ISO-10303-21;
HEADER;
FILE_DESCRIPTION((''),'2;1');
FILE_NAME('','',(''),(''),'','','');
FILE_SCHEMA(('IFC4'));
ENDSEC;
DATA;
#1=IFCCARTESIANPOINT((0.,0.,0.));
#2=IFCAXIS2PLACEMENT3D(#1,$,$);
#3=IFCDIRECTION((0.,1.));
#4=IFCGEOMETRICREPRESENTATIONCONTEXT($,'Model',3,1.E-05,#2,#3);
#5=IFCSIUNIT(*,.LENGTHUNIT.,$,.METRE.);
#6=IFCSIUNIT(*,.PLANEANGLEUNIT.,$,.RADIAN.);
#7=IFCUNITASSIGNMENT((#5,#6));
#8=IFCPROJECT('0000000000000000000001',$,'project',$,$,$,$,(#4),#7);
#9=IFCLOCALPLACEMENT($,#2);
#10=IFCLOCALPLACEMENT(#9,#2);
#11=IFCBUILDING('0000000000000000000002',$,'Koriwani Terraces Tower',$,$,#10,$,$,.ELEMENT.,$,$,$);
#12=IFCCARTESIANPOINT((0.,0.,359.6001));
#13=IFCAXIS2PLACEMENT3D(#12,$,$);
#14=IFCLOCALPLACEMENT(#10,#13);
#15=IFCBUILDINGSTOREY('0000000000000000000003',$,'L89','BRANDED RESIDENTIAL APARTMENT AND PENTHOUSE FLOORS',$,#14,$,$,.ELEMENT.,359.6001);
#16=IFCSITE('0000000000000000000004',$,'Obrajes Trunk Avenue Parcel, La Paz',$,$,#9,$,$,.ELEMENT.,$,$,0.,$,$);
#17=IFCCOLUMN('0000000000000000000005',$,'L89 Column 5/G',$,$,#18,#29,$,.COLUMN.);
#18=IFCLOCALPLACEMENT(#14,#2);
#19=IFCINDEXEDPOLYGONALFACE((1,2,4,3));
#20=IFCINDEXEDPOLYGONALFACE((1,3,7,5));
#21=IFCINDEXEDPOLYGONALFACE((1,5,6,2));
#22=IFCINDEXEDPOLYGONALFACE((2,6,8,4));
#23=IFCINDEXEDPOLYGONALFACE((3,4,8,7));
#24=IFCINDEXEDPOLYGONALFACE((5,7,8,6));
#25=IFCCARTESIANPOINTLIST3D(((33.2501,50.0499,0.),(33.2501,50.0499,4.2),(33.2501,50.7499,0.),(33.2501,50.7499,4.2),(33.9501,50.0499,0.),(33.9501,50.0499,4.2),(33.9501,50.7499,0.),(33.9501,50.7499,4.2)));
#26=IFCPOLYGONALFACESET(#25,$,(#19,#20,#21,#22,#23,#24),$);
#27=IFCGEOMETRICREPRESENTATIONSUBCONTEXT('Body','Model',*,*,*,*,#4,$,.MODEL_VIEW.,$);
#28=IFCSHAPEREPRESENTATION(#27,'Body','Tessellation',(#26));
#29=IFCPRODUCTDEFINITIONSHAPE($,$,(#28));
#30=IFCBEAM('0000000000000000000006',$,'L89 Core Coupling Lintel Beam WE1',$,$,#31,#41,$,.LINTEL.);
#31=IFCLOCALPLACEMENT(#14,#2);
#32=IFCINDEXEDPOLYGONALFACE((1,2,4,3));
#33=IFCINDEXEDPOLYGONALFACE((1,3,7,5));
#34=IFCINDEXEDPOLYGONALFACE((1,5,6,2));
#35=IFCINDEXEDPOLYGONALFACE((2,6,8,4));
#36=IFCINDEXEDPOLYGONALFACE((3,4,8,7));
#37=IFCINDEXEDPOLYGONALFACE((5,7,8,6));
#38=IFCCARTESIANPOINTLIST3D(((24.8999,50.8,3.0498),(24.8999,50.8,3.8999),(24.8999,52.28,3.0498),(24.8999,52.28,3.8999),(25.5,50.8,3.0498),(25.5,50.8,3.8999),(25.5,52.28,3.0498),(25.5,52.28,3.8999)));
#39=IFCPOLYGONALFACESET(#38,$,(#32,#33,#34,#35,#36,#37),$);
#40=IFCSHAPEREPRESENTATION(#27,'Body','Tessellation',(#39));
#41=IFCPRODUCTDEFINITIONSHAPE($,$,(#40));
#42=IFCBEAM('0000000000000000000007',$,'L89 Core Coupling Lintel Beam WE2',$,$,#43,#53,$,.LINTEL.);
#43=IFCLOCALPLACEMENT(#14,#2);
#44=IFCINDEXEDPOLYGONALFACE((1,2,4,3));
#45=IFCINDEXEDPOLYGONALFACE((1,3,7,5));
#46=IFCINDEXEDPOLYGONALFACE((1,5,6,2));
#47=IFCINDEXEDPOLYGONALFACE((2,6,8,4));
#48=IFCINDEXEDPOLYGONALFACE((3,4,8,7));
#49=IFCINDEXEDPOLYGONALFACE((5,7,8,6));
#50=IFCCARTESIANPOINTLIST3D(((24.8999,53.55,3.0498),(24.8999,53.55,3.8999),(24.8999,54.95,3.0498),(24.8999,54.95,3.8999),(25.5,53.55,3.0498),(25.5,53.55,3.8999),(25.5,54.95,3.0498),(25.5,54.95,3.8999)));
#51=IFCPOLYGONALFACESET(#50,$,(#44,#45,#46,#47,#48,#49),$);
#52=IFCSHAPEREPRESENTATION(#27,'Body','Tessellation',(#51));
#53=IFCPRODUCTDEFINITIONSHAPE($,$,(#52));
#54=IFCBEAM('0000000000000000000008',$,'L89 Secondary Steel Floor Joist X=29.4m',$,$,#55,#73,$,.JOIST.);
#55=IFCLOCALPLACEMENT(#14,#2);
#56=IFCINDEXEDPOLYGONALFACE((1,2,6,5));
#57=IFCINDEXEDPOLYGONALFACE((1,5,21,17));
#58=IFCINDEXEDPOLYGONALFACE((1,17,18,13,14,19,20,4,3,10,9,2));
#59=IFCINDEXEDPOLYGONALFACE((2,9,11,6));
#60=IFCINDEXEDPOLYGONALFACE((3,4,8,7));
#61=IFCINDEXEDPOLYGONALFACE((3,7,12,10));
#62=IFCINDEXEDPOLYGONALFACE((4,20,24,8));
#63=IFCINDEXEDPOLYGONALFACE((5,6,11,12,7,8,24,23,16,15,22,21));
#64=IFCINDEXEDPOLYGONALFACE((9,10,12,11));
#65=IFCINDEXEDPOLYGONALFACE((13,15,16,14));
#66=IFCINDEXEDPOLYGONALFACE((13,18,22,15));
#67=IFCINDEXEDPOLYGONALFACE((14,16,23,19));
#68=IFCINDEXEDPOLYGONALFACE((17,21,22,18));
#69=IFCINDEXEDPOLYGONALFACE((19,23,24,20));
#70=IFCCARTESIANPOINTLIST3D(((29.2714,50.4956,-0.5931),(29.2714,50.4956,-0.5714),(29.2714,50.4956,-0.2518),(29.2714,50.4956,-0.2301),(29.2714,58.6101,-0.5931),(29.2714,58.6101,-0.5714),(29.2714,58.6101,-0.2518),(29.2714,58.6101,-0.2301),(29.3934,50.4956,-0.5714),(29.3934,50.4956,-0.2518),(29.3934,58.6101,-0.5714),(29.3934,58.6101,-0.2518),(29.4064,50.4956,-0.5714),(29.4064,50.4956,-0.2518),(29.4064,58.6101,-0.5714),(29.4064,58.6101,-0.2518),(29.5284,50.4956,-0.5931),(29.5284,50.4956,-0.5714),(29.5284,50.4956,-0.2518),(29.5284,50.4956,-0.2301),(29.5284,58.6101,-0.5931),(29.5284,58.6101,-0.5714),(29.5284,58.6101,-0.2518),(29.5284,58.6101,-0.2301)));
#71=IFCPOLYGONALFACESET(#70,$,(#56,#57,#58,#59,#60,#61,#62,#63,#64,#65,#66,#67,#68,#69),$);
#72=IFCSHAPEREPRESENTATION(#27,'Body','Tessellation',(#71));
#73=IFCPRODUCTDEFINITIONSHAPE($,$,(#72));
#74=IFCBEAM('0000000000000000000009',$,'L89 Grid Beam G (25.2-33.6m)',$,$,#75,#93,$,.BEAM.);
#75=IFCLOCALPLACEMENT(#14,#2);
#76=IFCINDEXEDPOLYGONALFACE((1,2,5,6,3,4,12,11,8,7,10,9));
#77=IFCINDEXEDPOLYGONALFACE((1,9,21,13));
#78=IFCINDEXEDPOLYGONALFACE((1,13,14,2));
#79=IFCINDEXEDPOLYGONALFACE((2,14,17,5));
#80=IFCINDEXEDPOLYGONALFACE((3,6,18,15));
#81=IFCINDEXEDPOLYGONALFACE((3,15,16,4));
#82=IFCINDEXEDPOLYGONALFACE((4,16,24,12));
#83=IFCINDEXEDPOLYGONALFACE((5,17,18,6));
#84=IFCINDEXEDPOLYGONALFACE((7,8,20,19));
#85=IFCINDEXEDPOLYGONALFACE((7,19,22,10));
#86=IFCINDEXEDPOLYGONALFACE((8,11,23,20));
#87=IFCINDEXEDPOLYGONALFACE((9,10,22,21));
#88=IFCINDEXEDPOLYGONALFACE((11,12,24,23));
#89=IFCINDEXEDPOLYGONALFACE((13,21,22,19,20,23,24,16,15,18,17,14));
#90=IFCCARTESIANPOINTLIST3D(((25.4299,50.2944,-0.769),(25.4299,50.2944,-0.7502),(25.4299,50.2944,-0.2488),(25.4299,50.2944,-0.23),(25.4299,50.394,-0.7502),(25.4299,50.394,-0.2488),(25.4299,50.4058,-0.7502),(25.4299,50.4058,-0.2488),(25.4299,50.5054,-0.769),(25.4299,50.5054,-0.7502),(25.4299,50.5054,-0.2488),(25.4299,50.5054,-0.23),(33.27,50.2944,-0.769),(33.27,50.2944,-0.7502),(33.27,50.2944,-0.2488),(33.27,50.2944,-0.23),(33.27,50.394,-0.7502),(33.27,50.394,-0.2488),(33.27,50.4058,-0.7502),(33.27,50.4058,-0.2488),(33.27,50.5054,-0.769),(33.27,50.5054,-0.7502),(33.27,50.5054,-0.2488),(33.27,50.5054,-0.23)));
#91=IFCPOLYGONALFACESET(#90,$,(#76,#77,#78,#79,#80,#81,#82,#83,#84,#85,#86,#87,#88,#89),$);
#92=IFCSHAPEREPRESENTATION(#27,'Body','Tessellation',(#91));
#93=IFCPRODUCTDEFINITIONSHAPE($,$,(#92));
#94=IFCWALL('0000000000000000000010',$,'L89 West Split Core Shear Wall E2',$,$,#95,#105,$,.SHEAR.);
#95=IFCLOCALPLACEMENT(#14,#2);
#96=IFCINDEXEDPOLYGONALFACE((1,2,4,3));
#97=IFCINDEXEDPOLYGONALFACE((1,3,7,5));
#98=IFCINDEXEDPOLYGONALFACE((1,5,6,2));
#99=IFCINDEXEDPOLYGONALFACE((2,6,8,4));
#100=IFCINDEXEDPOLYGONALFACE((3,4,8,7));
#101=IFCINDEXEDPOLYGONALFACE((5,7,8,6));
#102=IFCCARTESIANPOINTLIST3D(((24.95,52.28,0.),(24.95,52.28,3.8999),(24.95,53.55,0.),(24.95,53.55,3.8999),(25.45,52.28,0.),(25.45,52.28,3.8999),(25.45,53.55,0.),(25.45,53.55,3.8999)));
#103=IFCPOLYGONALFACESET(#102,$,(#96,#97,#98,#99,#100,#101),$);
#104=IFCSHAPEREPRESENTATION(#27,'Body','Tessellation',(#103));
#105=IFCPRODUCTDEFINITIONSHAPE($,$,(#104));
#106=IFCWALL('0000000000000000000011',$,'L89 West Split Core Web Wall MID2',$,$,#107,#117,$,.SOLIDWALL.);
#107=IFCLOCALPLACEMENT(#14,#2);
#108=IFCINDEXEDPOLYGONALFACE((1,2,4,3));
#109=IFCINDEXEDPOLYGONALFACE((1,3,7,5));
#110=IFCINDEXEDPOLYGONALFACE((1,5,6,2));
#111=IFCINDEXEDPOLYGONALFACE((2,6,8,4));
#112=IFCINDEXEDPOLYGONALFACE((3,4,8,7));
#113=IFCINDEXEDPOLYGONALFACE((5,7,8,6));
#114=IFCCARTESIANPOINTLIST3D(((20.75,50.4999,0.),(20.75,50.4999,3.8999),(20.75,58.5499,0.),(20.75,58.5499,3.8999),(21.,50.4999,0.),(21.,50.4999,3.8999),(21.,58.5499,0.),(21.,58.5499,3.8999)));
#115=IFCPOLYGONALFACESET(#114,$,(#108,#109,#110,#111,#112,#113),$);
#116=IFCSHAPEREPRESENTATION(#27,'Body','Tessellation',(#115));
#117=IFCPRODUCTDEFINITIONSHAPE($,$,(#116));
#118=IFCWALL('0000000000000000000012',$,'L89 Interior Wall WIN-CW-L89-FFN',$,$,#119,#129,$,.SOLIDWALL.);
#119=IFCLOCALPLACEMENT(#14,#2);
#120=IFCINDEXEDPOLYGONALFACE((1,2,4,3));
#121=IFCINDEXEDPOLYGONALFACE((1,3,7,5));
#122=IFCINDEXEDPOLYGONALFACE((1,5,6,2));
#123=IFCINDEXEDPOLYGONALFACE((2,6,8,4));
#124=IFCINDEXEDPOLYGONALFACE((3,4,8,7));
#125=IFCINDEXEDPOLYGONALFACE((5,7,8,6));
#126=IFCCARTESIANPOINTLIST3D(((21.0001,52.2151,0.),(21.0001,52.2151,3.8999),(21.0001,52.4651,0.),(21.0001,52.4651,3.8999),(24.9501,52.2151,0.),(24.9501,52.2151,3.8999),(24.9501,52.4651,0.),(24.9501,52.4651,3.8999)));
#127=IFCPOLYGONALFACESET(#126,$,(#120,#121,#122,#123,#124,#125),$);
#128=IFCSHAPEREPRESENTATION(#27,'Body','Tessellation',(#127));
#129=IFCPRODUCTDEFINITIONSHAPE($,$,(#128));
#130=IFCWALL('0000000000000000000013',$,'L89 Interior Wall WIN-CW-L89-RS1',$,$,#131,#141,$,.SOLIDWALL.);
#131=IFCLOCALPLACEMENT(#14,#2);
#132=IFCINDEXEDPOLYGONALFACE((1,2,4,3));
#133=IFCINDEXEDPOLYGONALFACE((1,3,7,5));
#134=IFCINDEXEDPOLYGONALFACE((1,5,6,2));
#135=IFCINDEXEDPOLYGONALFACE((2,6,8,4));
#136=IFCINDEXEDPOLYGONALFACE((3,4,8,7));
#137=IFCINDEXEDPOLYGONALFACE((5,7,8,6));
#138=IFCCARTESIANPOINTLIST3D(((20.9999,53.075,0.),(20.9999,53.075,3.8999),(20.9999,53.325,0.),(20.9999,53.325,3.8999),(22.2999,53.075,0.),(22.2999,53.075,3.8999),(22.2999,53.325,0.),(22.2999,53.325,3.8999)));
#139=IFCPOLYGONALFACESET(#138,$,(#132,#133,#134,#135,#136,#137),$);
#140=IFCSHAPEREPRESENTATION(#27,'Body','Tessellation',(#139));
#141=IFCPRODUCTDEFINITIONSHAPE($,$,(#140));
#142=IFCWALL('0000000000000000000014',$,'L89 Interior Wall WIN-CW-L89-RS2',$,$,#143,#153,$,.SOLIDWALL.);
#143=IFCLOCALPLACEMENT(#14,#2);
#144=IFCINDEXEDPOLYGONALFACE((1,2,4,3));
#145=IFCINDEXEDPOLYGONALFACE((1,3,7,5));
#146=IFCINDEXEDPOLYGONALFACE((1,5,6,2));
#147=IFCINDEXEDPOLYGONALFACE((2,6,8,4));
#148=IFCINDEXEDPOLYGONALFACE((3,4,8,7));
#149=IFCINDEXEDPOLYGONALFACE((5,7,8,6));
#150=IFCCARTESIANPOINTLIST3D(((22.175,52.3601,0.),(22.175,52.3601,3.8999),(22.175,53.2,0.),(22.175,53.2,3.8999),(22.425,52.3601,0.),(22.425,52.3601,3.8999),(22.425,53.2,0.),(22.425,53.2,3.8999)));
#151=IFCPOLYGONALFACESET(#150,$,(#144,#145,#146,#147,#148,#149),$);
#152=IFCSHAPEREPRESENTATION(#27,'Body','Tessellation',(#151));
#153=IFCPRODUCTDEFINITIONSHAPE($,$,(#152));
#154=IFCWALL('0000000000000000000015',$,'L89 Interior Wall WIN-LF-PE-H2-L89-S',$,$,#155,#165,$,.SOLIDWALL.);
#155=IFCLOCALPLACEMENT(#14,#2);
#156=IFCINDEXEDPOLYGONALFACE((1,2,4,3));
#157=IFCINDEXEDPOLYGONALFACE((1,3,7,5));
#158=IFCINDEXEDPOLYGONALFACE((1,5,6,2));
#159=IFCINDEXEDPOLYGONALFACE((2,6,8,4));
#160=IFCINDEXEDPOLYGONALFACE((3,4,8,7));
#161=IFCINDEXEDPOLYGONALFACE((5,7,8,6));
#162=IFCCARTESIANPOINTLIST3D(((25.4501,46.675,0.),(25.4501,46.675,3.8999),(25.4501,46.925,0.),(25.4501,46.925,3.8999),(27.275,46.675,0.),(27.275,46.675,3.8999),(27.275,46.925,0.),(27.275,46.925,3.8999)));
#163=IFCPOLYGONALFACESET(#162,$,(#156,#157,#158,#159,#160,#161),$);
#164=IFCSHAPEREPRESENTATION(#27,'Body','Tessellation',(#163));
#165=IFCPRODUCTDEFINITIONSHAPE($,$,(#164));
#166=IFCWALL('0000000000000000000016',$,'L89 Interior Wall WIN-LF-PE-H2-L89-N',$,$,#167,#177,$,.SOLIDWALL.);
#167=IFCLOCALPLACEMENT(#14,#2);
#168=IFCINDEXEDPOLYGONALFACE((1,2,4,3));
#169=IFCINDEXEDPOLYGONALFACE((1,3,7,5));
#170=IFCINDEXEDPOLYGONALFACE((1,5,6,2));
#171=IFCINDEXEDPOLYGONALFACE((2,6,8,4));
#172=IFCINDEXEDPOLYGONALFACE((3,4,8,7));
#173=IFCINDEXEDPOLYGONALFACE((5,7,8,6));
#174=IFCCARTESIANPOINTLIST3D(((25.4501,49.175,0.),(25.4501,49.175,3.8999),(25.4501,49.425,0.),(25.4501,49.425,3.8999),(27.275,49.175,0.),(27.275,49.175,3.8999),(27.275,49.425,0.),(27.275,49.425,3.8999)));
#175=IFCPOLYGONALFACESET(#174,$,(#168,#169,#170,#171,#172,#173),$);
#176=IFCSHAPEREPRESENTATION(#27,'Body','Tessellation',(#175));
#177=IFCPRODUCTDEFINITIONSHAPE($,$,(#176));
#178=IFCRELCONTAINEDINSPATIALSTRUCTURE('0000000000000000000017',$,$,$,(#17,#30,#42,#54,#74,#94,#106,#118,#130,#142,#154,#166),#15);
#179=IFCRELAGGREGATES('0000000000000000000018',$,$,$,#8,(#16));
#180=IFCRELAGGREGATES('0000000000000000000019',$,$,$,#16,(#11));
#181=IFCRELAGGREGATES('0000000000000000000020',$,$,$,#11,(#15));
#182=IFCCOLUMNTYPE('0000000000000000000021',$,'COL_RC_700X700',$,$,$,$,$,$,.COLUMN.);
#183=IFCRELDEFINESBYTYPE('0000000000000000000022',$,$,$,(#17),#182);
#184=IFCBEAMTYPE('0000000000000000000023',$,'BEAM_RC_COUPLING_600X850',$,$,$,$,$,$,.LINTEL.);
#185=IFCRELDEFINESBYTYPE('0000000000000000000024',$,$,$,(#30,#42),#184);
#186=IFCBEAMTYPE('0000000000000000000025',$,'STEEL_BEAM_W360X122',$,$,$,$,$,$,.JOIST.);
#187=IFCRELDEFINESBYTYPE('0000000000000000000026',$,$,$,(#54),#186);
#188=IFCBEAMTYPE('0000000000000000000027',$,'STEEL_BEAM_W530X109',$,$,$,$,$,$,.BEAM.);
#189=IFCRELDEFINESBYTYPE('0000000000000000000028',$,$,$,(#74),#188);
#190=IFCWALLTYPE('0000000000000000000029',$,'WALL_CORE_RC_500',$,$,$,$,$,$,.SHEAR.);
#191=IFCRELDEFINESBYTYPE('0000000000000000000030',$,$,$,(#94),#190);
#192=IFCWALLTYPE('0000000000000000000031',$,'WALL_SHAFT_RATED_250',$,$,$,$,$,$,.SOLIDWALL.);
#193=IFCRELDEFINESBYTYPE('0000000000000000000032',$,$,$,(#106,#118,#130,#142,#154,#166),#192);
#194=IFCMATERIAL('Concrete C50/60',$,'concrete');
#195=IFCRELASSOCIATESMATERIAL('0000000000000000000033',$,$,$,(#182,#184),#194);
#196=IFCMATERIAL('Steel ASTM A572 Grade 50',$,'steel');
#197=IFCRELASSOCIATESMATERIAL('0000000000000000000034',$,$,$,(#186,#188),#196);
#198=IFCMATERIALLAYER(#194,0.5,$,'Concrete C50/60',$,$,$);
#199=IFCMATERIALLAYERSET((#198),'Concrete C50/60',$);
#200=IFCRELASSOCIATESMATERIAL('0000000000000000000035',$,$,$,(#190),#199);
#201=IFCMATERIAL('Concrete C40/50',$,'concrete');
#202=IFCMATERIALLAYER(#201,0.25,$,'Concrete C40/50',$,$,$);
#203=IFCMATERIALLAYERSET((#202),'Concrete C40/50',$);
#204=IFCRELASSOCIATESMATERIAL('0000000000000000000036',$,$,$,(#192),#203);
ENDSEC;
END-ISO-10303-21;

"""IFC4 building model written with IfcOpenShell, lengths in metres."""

from ifc_helpers import new_model, si_unit, direction, frame, frame_2d, origin, origin_2d, place, context, subcontext, project, spatial, rectangle, i_section, extrude, material, layer, layer_set, material_profile, profile_set, type_object, element, save


model = new_model("IFC4")

# Units and contexts
model_context = context("Model", 3, precision=1e-05, world=origin(), true_north=direction((0.0, 1.0)))
body_context = subcontext(model_context, "Body", "Model", "MODEL_VIEW")
ifc_project = project(units=[si_unit("LENGTHUNIT", "METRE"), si_unit("PLANEANGLEUNIT", "RADIAN")], contexts=[model_context])

# Site, building, storey
site_placement = place(None, origin())
site = spatial("IfcSite", under=ifc_project, at=site_placement, Name="Obrajes Trunk Avenue Parcel, La Paz", CompositionType="ELEMENT", RefElevation=0.0)
building_placement = place(site_placement, origin())
building = spatial("IfcBuilding", under=site, at=building_placement, Name="Koriwani Terraces Tower", CompositionType="ELEMENT")
storey_placement = place(building_placement, frame((0.0, 0.0, 359.6001)))
storey = spatial("IfcBuildingStorey", under=building, at=storey_placement, Name="L89", Description="BRANDED RESIDENTIAL APARTMENT AND PENTHOUSE FLOORS", CompositionType="ELEMENT", Elevation=359.6001)

# Column
ifc_material_1 = material(Name="Concrete C50/60", Category="concrete")
ifc_material_profile_1 = material_profile(ifc_material_1, rectangle(XDim=0.7, YDim=0.7, at=origin_2d()), Name="Concrete C50/60", Category="LoadBearing")
ifc_profile_set_1 = profile_set([ifc_material_profile_1], Name="Concrete C50/60")
column_type = type_object("IfcColumnType", Name="COL_RC_700X700", PredefinedType="COLUMN", material=ifc_profile_set_1)
column_placement = place(storey_placement, frame((33.6001, 50.3999, 0.0), z_axis=(0.0, 0.0, 1.0), x_axis=(1.0, 0.0, 0.0)))
element("IfcColumn", 1, at=column_placement, inside=storey, type_object=column_type, Name="L89 Column 5/G", PredefinedType="COLUMN", context=body_context, shape_type="SweptSolid", body=[
    extrude(rectangle(XDim=0.7, YDim=0.7, at=origin_2d()), origin(), (0.0, 0.0, 1.0), 4.2),
])

# Beams
ifc_material_profile_2 = material_profile(ifc_material_1, rectangle(XDim=0.6001, YDim=0.8501, at=origin_2d()), Name="Concrete C50/60", Category="LoadBearing")
ifc_profile_set_2 = profile_set([ifc_material_profile_2], Name="Concrete C50/60")
beam_type_1 = type_object("IfcBeamType", Name="BEAM_RC_COUPLING_600X850", PredefinedType="LINTEL", material=ifc_profile_set_2)
beam_1_placement = place(storey_placement, frame((25.2, 50.8, 3.4749), z_axis=(0.0, 1.0, 0.0), x_axis=(-1.0, 0.0, 0.0)))
element("IfcBeam", 2, at=beam_1_placement, inside=storey, type_object=beam_type_1, Name="L89 Core Coupling Lintel Beam WE1", PredefinedType="LINTEL", context=body_context, shape_type="SweptSolid", body=[
    extrude(rectangle(XDim=0.6001, YDim=0.8501, at=origin_2d()), origin(), (0.0, 0.0, 1.0), 1.48),
])
beam_2_placement = place(storey_placement, frame((25.2, 53.55, 3.4749), z_axis=(0.0, 1.0, 0.0), x_axis=(-1.0, 0.0, 0.0)))
element("IfcBeam", 3, at=beam_2_placement, inside=storey, type_object=beam_type_1, Name="L89 Core Coupling Lintel Beam WE2", PredefinedType="LINTEL", context=body_context, shape_type="SweptSolid", body=[
    extrude(rectangle(XDim=0.6001, YDim=0.8501, at=origin_2d()), origin(), (0.0, 0.0, 1.0), 1.3999),
])
ifc_material_2 = material(Name="Steel ASTM A572 Grade 50", Category="steel")
ifc_material_profile_3 = material_profile(ifc_material_2, i_section(OverallWidth=0.2571, OverallDepth=0.363, WebThickness=0.0129, FlangeThickness=0.0217, at=origin_2d()), Name="Steel ASTM A572 Grade 50", Category="LoadBearing")
ifc_profile_set_3 = profile_set([ifc_material_profile_3], Name="Steel ASTM A572 Grade 50")
beam_type_2 = type_object("IfcBeamType", Name="STEEL_BEAM_W360X122", PredefinedType="JOIST", material=ifc_profile_set_3)
beam_3_placement = place(storey_placement, frame((29.3999, 50.4956, -0.4116), z_axis=(0.0, 1.0, 0.0), x_axis=(-1.0, 0.0, 0.0)))
element("IfcBeam", 4, at=beam_3_placement, inside=storey, type_object=beam_type_2, Name="L89 Secondary Steel Floor Joist X=29.4m", PredefinedType="JOIST", context=body_context, shape_type="SweptSolid", body=[
    extrude(i_section(OverallWidth=0.2571, OverallDepth=0.363, WebThickness=0.0129, FlangeThickness=0.0217, at=origin_2d()), origin(), (0.0, 0.0, 1.0), 8.1145),
])
ifc_material_profile_4 = material_profile(ifc_material_2, i_section(OverallWidth=0.2109, OverallDepth=0.5391, WebThickness=0.0117, FlangeThickness=0.0188, at=origin_2d()), Name="Steel ASTM A572 Grade 50", Category="LoadBearing")
ifc_profile_set_4 = profile_set([ifc_material_profile_4], Name="Steel ASTM A572 Grade 50")
beam_type_3 = type_object("IfcBeamType", Name="STEEL_BEAM_W530X109", PredefinedType="BEAM", material=ifc_profile_set_4)
beam_4_placement = place(storey_placement, frame((25.4299, 50.3999, -0.4995), z_axis=(1.0, 0.0, 0.0), x_axis=(0.0, 1.0, 0.0)))
element("IfcBeam", 5, at=beam_4_placement, inside=storey, type_object=beam_type_3, Name="L89 Grid Beam G (25.2-33.6m)", PredefinedType="BEAM", context=body_context, shape_type="SweptSolid", body=[
    extrude(i_section(OverallWidth=0.2109, OverallDepth=0.5391, WebThickness=0.0117, FlangeThickness=0.0188, at=origin_2d()), origin(), (0.0, 0.0, 1.0), 7.8401),
])

# Walls
ifc_layer_1 = layer(ifc_material_1, 0.5, Name="Concrete C50/60")
ifc_layer_set_1 = layer_set([ifc_layer_1], Name="Concrete C50/60")
wall_type_1 = type_object("IfcWallType", Name="WALL_CORE_RC_500", PredefinedType="SHEAR", material=ifc_layer_set_1)
wall_1_placement = place(storey_placement, frame((25.2, 52.28, 0.0), z_axis=(0.0, 0.0, 1.0), x_axis=(0.0, 1.0, 0.0)))
element("IfcWall", 6, at=wall_1_placement, inside=storey, type_object=wall_type_1, Name="L89 West Split Core Shear Wall E2", PredefinedType="SHEAR", context=body_context, shape_type="SweptSolid", body=[
    extrude(rectangle(XDim=1.27, YDim=0.5, at=frame_2d((0.635, 0.0))), origin(), (0.0, 0.0, 1.0), 3.8999),
])
ifc_material_3 = material(Name="Concrete C40/50", Category="concrete")
ifc_layer_2 = layer(ifc_material_3, 0.25, Name="Concrete C40/50")
ifc_layer_set_2 = layer_set([ifc_layer_2], Name="Concrete C40/50")
wall_type_2 = type_object("IfcWallType", Name="WALL_SHAFT_RATED_250", PredefinedType="SOLIDWALL", material=ifc_layer_set_2)
wall_2_placement = place(storey_placement, frame((20.875, 50.5, 0.0), z_axis=(0.0, 0.0, 1.0), x_axis=(0.0, 1.0, 0.0)))
element("IfcWall", 7, at=wall_2_placement, inside=storey, type_object=wall_type_2, Name="L89 West Split Core Web Wall MID2", PredefinedType="SOLIDWALL", context=body_context, shape_type="SweptSolid", body=[
    extrude(rectangle(XDim=8.05, YDim=0.25, at=frame_2d((4.0249, 0.0))), origin(), (0.0, 0.0, 1.0), 3.8999),
])

# Wall
wall_3_placement = place(storey_placement, frame((21.0, 52.3401, 0.0), z_axis=(0.0, 0.0, 1.0), x_axis=(1.0, 0.0, 0.0)))
element("IfcWall", 8, at=wall_3_placement, inside=storey, type_object=wall_type_2, Name="L89 Interior Wall WIN-CW-L89-FFN", PredefinedType="SOLIDWALL", context=body_context, shape_type="SweptSolid", body=[
    extrude(rectangle(XDim=3.95, YDim=0.25, at=frame_2d((1.9751, 0.0))), origin(), (0.0, 0.0, 1.0), 3.8999),
])

# Walls
wall_4_placement = place(storey_placement, frame((21.0, 53.2, 0.0), z_axis=(0.0, 0.0, 1.0), x_axis=(1.0, 0.0, 0.0)))
element("IfcWall", 9, at=wall_4_placement, inside=storey, type_object=wall_type_2, Name="L89 Interior Wall WIN-CW-L89-RS1", PredefinedType="SOLIDWALL", context=body_context, shape_type="SweptSolid", body=[
    extrude(rectangle(XDim=1.3, YDim=0.25, at=frame_2d((0.6499, 0.0))), origin(), (0.0, 0.0, 1.0), 3.8999),
])
wall_5_placement = place(storey_placement, frame((22.3, 52.3601, 0.0), z_axis=(0.0, 0.0, 1.0), x_axis=(0.0, 1.0, 0.0)))
element("IfcWall", 10, at=wall_5_placement, inside=storey, type_object=wall_type_2, Name="L89 Interior Wall WIN-CW-L89-RS2", PredefinedType="SOLIDWALL", context=body_context, shape_type="SweptSolid", body=[
    extrude(rectangle(XDim=0.8398, YDim=0.25, at=frame_2d((0.4199, 0.0))), origin(), (0.0, 0.0, 1.0), 3.8999),
])

# Walls
for number, where, z_axis, x_axis, name in (
    (11, (25.45, 46.8, 0.0), (0.0, 0.0, 1.0), (1.0, 0.0, 0.0), "L89 Interior Wall WIN-LF-PE-H2-L89-S"),
    (12, (25.45, 49.3, 0.0), (0.0, 0.0, 1.0), (1.0, 0.0, 0.0), "L89 Interior Wall WIN-LF-PE-H2-L89-N"),
):
    element("IfcWall", number, at=place(storey_placement, frame(where, z_axis=z_axis, x_axis=x_axis)), inside=storey, type_object=wall_type_2, Name=name, PredefinedType="SOLIDWALL", context=body_context, shape_type="SweptSolid", body=[
        extrude(rectangle(XDim=1.825, YDim=0.25, at=frame_2d((0.9126, 0.0))), origin(), (0.0, 0.0, 1.0), 3.8999),
    ])

save(model, "model.ifc")
